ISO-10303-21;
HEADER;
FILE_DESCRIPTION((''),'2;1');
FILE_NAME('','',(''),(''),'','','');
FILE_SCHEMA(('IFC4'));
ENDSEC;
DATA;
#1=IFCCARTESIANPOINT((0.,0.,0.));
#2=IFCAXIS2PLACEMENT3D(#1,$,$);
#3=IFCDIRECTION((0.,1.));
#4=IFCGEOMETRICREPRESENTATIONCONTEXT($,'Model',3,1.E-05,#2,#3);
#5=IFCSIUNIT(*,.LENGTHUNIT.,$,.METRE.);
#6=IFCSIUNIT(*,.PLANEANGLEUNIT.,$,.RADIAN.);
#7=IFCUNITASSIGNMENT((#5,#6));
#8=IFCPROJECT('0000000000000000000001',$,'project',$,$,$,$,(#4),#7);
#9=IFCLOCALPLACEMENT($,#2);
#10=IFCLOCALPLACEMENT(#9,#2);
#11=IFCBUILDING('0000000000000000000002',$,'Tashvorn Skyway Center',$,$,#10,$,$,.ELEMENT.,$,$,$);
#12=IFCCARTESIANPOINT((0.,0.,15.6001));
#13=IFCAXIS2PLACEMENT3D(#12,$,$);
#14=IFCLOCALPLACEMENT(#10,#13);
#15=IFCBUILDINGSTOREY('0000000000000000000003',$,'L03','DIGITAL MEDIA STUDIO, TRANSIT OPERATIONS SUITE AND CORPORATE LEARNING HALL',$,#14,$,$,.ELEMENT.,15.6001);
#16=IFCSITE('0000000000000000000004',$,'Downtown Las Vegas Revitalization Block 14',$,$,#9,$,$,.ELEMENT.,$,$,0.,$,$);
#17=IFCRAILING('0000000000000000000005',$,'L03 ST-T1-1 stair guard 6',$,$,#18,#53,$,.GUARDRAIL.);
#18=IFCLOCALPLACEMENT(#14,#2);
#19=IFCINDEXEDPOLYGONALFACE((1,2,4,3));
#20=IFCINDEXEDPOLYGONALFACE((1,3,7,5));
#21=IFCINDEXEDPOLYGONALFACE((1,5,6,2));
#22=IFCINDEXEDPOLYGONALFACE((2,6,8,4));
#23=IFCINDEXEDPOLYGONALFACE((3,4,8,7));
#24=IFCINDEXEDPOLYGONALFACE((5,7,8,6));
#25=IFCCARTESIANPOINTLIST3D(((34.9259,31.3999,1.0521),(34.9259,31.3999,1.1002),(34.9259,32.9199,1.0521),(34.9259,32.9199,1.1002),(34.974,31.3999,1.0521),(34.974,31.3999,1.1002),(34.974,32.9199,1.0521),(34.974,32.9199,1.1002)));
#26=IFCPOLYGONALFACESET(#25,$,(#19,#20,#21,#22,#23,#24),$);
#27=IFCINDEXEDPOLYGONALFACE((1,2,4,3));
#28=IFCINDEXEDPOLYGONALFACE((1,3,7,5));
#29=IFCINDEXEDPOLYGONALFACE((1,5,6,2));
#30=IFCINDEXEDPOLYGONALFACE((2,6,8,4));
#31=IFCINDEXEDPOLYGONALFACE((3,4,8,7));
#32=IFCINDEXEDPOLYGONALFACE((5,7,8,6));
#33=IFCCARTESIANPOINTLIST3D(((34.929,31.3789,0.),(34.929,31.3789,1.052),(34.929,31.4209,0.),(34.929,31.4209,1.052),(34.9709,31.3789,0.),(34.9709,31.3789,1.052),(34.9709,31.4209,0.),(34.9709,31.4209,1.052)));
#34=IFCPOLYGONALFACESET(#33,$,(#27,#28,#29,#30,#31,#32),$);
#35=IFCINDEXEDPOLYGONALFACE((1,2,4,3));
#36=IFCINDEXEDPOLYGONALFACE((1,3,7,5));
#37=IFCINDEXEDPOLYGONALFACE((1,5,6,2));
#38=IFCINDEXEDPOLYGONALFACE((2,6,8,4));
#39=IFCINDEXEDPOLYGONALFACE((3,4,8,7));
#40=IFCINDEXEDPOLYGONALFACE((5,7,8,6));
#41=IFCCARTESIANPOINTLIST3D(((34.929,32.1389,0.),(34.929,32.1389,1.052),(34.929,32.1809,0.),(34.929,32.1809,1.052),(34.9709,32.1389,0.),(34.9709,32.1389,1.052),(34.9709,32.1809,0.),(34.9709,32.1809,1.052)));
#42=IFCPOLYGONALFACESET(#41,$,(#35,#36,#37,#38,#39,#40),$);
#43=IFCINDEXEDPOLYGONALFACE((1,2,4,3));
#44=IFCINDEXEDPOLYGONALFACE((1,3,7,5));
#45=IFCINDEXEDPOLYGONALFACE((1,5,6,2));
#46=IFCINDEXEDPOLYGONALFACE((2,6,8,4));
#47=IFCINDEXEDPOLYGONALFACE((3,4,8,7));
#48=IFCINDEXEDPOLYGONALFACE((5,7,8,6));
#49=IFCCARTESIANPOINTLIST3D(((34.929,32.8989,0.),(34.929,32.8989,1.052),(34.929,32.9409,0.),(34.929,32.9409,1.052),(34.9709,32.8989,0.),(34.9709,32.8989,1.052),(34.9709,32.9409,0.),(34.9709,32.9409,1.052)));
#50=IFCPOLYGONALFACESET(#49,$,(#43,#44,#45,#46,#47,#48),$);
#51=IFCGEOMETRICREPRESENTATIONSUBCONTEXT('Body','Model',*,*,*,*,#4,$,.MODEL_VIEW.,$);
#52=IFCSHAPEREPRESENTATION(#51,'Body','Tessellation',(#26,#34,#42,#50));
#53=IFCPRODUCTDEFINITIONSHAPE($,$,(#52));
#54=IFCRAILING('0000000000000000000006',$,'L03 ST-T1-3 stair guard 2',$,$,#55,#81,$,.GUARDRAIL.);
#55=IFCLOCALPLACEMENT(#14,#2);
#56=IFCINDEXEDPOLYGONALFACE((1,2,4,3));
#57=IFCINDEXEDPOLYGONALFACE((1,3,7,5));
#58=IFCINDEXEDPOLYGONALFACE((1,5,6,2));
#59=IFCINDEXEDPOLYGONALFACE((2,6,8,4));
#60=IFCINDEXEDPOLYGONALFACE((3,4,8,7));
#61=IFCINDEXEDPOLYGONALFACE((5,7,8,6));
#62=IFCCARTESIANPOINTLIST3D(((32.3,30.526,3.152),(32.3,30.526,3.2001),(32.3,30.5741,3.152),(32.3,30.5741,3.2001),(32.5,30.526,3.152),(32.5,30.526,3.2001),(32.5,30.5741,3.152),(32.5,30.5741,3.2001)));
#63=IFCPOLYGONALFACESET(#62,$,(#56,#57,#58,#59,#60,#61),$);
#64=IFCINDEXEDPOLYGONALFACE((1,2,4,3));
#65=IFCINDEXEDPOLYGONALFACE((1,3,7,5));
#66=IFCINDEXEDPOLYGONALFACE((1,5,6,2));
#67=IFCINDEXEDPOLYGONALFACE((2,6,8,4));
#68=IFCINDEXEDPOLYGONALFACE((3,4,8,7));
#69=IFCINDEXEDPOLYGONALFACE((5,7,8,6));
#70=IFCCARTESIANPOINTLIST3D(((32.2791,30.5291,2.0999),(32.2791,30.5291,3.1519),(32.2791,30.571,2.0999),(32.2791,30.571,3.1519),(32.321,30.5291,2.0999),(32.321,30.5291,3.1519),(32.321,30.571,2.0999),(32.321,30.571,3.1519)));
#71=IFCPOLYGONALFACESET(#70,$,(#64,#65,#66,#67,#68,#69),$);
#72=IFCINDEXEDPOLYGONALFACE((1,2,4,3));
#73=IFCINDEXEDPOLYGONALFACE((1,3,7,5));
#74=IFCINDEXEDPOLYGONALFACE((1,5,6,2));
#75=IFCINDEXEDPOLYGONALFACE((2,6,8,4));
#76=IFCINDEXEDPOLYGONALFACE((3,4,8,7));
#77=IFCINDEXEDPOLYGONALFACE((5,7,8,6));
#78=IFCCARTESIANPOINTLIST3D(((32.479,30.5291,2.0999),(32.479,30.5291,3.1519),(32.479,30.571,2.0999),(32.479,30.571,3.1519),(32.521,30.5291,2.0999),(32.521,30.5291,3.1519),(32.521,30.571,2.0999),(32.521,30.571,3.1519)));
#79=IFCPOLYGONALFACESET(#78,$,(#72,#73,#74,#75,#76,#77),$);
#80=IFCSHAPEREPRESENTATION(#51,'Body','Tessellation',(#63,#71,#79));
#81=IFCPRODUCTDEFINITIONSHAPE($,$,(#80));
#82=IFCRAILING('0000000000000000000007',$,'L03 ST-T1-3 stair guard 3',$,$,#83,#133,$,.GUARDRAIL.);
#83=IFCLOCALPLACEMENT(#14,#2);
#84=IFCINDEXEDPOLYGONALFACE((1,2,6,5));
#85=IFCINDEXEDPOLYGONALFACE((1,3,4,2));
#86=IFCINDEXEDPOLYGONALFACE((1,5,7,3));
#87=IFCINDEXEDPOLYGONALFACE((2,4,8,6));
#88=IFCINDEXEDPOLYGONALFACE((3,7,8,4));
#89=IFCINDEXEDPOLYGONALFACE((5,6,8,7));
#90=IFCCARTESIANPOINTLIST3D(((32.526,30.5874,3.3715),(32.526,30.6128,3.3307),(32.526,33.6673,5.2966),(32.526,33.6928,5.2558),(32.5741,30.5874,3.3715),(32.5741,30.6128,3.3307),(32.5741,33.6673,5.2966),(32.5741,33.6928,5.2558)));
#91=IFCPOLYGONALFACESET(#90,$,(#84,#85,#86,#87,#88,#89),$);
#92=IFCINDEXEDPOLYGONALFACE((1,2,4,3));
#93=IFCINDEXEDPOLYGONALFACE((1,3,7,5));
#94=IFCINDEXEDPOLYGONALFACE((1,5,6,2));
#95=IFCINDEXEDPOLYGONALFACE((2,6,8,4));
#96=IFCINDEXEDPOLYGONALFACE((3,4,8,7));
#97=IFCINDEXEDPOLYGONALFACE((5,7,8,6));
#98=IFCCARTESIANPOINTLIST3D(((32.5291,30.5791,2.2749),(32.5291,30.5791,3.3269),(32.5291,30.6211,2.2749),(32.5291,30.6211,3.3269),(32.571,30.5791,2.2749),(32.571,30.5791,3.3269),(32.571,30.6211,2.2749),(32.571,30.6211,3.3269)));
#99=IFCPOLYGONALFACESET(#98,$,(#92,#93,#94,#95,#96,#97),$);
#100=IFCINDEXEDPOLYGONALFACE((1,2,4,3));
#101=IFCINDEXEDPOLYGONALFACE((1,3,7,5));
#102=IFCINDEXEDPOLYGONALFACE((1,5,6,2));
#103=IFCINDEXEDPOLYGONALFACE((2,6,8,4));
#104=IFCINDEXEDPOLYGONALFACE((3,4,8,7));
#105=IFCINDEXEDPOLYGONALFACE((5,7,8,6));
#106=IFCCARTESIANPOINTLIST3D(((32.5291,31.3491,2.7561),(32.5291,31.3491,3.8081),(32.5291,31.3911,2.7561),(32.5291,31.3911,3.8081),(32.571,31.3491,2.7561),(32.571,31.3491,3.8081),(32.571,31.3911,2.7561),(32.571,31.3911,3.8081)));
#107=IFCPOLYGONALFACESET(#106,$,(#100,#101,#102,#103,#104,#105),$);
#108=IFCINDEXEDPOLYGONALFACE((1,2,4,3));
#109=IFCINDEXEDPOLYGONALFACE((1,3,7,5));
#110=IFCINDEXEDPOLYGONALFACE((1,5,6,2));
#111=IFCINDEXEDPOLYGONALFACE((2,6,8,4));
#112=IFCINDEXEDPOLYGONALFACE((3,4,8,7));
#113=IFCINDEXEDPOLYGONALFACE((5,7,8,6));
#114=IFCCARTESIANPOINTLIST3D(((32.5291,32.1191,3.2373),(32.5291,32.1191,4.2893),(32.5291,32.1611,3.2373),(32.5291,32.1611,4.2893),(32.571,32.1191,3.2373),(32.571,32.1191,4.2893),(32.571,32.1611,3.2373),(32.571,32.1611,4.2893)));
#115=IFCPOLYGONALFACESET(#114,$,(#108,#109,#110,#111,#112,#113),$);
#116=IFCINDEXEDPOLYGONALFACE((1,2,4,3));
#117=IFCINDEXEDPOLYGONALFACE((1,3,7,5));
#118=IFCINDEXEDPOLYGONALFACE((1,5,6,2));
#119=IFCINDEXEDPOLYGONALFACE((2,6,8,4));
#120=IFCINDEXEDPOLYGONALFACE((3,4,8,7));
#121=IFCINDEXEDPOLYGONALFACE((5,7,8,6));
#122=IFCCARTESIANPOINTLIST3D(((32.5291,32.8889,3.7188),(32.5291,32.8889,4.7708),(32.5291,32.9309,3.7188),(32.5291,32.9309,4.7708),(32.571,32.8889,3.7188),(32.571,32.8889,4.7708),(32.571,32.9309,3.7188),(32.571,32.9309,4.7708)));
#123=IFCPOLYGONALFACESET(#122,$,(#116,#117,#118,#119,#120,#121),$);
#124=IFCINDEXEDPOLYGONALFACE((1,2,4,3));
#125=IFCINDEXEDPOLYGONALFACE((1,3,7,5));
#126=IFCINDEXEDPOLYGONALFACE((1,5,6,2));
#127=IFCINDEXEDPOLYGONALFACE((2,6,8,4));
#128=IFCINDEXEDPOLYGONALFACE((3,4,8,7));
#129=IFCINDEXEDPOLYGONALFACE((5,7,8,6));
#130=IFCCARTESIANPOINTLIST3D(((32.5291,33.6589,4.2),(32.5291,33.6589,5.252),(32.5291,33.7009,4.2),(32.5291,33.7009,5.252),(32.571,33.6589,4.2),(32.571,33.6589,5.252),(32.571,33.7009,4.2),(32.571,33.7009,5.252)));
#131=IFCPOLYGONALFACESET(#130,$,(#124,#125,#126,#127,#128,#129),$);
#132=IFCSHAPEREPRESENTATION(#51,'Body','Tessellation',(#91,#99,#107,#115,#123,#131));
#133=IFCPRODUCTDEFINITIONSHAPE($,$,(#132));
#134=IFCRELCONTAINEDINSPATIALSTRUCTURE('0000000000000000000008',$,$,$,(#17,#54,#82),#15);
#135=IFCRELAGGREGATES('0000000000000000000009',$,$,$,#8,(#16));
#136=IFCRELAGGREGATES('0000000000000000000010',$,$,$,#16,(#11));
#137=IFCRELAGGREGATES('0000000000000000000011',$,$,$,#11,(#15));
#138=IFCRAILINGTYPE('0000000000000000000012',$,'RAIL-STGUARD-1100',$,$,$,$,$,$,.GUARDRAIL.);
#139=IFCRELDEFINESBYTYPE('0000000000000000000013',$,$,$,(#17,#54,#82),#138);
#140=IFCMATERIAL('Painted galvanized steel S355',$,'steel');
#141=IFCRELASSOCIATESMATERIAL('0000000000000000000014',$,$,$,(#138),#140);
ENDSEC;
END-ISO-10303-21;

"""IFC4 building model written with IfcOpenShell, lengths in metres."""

from ifc_helpers import new_model, si_unit, direction, frame, origin, origin_2d, place, context, subcontext, project, spatial, rectangle, extrude, material, type_object, element, save


model = new_model("IFC4")

# Units and contexts
model_context = context("Model", 3, precision=1e-05, world=origin(), true_north=direction((0.0, 1.0)))
body_context = subcontext(model_context, "Body", "Model", "MODEL_VIEW")
ifc_project = project(units=[si_unit("LENGTHUNIT", "METRE"), si_unit("PLANEANGLEUNIT", "RADIAN")], contexts=[model_context])

# Site, building, storey
site_placement = place(None, origin())
site = spatial("IfcSite", under=ifc_project, at=site_placement, Name="Downtown Las Vegas Revitalization Block 14", CompositionType="ELEMENT", RefElevation=0.0)
building_placement = place(site_placement, origin())
building = spatial("IfcBuilding", under=site, at=building_placement, Name="Tashvorn Skyway Center", CompositionType="ELEMENT")
storey_placement = place(building_placement, frame((0.0, 0.0, 15.6001)))
storey = spatial("IfcBuildingStorey", under=building, at=storey_placement, Name="L03", Description="DIGITAL MEDIA STUDIO, TRANSIT OPERATIONS SUITE AND CORPORATE LEARNING HALL", CompositionType="ELEMENT", Elevation=15.6001)

# Railings
ifc_material_1 = material(Name="Painted galvanized steel S355", Category="steel")
railing_type_1 = type_object("IfcRailingType", Name="RAIL-STGUARD-1100", PredefinedType="GUARDRAIL", material=ifc_material_1)
railing_1_placement = place(storey_placement, frame((34.95, 31.3999, 0.0)))
element("IfcRailing", 1, at=railing_1_placement, inside=storey, type_object=railing_type_1, Name="L03 ST-T1-1 stair guard 6", PredefinedType="GUARDRAIL", context=body_context, shape_type="SweptSolid", body=[
    extrude(rectangle(XDim=0.0481, YDim=0.0481, at=origin_2d()), frame((0.0, 0.0, 1.0762), z_axis=(0.0, 1.0, 0.0), x_axis=(-1.0, 0.0, 0.0)), (0.0, 0.0, 1.0), 1.52),
    extrude(rectangle(XDim=0.042, YDim=0.042, at=origin_2d()), origin(), (0.0, 0.0, 1.0), 1.052),
    extrude(rectangle(XDim=0.042, YDim=0.042, at=origin_2d()), frame((0.0, 0.76, 0.0)), (0.0, 0.0, 1.0), 1.052),
    extrude(rectangle(XDim=0.042, YDim=0.042, at=origin_2d()), frame((0.0, 1.52, 0.0)), (0.0, 0.0, 1.0), 1.052),
])
railing_2_placement = place(storey_placement, frame((32.3, 30.55, 2.0999)))
element("IfcRailing", 2, at=railing_2_placement, inside=storey, type_object=railing_type_1, Name="L03 ST-T1-3 stair guard 2", PredefinedType="GUARDRAIL", context=body_context, shape_type="SweptSolid", body=[
    extrude(rectangle(XDim=0.0481, YDim=0.0481, at=origin_2d()), frame((0.0, 0.0, 1.0762), z_axis=(1.0, 0.0, 0.0), x_axis=(0.0, 1.0, 0.0)), (0.0, 0.0, 1.0), 0.2),
    extrude(rectangle(XDim=0.042, YDim=0.042, at=origin_2d()), origin(), (0.0, 0.0, 1.0), 1.052),
    extrude(rectangle(XDim=0.042, YDim=0.042, at=origin_2d()), frame((0.2, 0.0, 0.0)), (0.0, 0.0, 1.0), 1.052),
])
railing_3_placement = place(storey_placement, frame((32.55, 30.6001, 2.2749)))
element("IfcRailing", 3, at=railing_3_placement, inside=storey, type_object=railing_type_1, Name="L03 ST-T1-3 stair guard 3", PredefinedType="GUARDRAIL", context=body_context, shape_type="SweptSolid", body=[
    extrude(rectangle(XDim=0.0481, YDim=0.0481, at=origin_2d()), frame((0.0, 0.0, 1.0762), z_axis=(0.0, 0.847979, 0.530029), x_axis=(-1.0, 0.0, 0.0)), (0.0, 0.0, 1.0), 3.6321),
    extrude(rectangle(XDim=0.042, YDim=0.042, at=origin_2d()), origin(), (0.0, 0.0, 1.0), 1.052),
    extrude(rectangle(XDim=0.042, YDim=0.042, at=origin_2d()), frame((0.0, 0.77, 0.4812)), (0.0, 0.0, 1.0), 1.052),
    extrude(rectangle(XDim=0.042, YDim=0.042, at=origin_2d()), frame((0.0, 1.54, 0.9624)), (0.0, 0.0, 1.0), 1.052),
    extrude(rectangle(XDim=0.042, YDim=0.042, at=origin_2d()), frame((0.0, 2.3098, 1.4438)), (0.0, 0.0, 1.0), 1.052),
    extrude(rectangle(XDim=0.042, YDim=0.042, at=origin_2d()), frame((0.0, 3.0798, 1.925)), (0.0, 0.0, 1.0), 1.052),
])

save(model, "model.ifc")
